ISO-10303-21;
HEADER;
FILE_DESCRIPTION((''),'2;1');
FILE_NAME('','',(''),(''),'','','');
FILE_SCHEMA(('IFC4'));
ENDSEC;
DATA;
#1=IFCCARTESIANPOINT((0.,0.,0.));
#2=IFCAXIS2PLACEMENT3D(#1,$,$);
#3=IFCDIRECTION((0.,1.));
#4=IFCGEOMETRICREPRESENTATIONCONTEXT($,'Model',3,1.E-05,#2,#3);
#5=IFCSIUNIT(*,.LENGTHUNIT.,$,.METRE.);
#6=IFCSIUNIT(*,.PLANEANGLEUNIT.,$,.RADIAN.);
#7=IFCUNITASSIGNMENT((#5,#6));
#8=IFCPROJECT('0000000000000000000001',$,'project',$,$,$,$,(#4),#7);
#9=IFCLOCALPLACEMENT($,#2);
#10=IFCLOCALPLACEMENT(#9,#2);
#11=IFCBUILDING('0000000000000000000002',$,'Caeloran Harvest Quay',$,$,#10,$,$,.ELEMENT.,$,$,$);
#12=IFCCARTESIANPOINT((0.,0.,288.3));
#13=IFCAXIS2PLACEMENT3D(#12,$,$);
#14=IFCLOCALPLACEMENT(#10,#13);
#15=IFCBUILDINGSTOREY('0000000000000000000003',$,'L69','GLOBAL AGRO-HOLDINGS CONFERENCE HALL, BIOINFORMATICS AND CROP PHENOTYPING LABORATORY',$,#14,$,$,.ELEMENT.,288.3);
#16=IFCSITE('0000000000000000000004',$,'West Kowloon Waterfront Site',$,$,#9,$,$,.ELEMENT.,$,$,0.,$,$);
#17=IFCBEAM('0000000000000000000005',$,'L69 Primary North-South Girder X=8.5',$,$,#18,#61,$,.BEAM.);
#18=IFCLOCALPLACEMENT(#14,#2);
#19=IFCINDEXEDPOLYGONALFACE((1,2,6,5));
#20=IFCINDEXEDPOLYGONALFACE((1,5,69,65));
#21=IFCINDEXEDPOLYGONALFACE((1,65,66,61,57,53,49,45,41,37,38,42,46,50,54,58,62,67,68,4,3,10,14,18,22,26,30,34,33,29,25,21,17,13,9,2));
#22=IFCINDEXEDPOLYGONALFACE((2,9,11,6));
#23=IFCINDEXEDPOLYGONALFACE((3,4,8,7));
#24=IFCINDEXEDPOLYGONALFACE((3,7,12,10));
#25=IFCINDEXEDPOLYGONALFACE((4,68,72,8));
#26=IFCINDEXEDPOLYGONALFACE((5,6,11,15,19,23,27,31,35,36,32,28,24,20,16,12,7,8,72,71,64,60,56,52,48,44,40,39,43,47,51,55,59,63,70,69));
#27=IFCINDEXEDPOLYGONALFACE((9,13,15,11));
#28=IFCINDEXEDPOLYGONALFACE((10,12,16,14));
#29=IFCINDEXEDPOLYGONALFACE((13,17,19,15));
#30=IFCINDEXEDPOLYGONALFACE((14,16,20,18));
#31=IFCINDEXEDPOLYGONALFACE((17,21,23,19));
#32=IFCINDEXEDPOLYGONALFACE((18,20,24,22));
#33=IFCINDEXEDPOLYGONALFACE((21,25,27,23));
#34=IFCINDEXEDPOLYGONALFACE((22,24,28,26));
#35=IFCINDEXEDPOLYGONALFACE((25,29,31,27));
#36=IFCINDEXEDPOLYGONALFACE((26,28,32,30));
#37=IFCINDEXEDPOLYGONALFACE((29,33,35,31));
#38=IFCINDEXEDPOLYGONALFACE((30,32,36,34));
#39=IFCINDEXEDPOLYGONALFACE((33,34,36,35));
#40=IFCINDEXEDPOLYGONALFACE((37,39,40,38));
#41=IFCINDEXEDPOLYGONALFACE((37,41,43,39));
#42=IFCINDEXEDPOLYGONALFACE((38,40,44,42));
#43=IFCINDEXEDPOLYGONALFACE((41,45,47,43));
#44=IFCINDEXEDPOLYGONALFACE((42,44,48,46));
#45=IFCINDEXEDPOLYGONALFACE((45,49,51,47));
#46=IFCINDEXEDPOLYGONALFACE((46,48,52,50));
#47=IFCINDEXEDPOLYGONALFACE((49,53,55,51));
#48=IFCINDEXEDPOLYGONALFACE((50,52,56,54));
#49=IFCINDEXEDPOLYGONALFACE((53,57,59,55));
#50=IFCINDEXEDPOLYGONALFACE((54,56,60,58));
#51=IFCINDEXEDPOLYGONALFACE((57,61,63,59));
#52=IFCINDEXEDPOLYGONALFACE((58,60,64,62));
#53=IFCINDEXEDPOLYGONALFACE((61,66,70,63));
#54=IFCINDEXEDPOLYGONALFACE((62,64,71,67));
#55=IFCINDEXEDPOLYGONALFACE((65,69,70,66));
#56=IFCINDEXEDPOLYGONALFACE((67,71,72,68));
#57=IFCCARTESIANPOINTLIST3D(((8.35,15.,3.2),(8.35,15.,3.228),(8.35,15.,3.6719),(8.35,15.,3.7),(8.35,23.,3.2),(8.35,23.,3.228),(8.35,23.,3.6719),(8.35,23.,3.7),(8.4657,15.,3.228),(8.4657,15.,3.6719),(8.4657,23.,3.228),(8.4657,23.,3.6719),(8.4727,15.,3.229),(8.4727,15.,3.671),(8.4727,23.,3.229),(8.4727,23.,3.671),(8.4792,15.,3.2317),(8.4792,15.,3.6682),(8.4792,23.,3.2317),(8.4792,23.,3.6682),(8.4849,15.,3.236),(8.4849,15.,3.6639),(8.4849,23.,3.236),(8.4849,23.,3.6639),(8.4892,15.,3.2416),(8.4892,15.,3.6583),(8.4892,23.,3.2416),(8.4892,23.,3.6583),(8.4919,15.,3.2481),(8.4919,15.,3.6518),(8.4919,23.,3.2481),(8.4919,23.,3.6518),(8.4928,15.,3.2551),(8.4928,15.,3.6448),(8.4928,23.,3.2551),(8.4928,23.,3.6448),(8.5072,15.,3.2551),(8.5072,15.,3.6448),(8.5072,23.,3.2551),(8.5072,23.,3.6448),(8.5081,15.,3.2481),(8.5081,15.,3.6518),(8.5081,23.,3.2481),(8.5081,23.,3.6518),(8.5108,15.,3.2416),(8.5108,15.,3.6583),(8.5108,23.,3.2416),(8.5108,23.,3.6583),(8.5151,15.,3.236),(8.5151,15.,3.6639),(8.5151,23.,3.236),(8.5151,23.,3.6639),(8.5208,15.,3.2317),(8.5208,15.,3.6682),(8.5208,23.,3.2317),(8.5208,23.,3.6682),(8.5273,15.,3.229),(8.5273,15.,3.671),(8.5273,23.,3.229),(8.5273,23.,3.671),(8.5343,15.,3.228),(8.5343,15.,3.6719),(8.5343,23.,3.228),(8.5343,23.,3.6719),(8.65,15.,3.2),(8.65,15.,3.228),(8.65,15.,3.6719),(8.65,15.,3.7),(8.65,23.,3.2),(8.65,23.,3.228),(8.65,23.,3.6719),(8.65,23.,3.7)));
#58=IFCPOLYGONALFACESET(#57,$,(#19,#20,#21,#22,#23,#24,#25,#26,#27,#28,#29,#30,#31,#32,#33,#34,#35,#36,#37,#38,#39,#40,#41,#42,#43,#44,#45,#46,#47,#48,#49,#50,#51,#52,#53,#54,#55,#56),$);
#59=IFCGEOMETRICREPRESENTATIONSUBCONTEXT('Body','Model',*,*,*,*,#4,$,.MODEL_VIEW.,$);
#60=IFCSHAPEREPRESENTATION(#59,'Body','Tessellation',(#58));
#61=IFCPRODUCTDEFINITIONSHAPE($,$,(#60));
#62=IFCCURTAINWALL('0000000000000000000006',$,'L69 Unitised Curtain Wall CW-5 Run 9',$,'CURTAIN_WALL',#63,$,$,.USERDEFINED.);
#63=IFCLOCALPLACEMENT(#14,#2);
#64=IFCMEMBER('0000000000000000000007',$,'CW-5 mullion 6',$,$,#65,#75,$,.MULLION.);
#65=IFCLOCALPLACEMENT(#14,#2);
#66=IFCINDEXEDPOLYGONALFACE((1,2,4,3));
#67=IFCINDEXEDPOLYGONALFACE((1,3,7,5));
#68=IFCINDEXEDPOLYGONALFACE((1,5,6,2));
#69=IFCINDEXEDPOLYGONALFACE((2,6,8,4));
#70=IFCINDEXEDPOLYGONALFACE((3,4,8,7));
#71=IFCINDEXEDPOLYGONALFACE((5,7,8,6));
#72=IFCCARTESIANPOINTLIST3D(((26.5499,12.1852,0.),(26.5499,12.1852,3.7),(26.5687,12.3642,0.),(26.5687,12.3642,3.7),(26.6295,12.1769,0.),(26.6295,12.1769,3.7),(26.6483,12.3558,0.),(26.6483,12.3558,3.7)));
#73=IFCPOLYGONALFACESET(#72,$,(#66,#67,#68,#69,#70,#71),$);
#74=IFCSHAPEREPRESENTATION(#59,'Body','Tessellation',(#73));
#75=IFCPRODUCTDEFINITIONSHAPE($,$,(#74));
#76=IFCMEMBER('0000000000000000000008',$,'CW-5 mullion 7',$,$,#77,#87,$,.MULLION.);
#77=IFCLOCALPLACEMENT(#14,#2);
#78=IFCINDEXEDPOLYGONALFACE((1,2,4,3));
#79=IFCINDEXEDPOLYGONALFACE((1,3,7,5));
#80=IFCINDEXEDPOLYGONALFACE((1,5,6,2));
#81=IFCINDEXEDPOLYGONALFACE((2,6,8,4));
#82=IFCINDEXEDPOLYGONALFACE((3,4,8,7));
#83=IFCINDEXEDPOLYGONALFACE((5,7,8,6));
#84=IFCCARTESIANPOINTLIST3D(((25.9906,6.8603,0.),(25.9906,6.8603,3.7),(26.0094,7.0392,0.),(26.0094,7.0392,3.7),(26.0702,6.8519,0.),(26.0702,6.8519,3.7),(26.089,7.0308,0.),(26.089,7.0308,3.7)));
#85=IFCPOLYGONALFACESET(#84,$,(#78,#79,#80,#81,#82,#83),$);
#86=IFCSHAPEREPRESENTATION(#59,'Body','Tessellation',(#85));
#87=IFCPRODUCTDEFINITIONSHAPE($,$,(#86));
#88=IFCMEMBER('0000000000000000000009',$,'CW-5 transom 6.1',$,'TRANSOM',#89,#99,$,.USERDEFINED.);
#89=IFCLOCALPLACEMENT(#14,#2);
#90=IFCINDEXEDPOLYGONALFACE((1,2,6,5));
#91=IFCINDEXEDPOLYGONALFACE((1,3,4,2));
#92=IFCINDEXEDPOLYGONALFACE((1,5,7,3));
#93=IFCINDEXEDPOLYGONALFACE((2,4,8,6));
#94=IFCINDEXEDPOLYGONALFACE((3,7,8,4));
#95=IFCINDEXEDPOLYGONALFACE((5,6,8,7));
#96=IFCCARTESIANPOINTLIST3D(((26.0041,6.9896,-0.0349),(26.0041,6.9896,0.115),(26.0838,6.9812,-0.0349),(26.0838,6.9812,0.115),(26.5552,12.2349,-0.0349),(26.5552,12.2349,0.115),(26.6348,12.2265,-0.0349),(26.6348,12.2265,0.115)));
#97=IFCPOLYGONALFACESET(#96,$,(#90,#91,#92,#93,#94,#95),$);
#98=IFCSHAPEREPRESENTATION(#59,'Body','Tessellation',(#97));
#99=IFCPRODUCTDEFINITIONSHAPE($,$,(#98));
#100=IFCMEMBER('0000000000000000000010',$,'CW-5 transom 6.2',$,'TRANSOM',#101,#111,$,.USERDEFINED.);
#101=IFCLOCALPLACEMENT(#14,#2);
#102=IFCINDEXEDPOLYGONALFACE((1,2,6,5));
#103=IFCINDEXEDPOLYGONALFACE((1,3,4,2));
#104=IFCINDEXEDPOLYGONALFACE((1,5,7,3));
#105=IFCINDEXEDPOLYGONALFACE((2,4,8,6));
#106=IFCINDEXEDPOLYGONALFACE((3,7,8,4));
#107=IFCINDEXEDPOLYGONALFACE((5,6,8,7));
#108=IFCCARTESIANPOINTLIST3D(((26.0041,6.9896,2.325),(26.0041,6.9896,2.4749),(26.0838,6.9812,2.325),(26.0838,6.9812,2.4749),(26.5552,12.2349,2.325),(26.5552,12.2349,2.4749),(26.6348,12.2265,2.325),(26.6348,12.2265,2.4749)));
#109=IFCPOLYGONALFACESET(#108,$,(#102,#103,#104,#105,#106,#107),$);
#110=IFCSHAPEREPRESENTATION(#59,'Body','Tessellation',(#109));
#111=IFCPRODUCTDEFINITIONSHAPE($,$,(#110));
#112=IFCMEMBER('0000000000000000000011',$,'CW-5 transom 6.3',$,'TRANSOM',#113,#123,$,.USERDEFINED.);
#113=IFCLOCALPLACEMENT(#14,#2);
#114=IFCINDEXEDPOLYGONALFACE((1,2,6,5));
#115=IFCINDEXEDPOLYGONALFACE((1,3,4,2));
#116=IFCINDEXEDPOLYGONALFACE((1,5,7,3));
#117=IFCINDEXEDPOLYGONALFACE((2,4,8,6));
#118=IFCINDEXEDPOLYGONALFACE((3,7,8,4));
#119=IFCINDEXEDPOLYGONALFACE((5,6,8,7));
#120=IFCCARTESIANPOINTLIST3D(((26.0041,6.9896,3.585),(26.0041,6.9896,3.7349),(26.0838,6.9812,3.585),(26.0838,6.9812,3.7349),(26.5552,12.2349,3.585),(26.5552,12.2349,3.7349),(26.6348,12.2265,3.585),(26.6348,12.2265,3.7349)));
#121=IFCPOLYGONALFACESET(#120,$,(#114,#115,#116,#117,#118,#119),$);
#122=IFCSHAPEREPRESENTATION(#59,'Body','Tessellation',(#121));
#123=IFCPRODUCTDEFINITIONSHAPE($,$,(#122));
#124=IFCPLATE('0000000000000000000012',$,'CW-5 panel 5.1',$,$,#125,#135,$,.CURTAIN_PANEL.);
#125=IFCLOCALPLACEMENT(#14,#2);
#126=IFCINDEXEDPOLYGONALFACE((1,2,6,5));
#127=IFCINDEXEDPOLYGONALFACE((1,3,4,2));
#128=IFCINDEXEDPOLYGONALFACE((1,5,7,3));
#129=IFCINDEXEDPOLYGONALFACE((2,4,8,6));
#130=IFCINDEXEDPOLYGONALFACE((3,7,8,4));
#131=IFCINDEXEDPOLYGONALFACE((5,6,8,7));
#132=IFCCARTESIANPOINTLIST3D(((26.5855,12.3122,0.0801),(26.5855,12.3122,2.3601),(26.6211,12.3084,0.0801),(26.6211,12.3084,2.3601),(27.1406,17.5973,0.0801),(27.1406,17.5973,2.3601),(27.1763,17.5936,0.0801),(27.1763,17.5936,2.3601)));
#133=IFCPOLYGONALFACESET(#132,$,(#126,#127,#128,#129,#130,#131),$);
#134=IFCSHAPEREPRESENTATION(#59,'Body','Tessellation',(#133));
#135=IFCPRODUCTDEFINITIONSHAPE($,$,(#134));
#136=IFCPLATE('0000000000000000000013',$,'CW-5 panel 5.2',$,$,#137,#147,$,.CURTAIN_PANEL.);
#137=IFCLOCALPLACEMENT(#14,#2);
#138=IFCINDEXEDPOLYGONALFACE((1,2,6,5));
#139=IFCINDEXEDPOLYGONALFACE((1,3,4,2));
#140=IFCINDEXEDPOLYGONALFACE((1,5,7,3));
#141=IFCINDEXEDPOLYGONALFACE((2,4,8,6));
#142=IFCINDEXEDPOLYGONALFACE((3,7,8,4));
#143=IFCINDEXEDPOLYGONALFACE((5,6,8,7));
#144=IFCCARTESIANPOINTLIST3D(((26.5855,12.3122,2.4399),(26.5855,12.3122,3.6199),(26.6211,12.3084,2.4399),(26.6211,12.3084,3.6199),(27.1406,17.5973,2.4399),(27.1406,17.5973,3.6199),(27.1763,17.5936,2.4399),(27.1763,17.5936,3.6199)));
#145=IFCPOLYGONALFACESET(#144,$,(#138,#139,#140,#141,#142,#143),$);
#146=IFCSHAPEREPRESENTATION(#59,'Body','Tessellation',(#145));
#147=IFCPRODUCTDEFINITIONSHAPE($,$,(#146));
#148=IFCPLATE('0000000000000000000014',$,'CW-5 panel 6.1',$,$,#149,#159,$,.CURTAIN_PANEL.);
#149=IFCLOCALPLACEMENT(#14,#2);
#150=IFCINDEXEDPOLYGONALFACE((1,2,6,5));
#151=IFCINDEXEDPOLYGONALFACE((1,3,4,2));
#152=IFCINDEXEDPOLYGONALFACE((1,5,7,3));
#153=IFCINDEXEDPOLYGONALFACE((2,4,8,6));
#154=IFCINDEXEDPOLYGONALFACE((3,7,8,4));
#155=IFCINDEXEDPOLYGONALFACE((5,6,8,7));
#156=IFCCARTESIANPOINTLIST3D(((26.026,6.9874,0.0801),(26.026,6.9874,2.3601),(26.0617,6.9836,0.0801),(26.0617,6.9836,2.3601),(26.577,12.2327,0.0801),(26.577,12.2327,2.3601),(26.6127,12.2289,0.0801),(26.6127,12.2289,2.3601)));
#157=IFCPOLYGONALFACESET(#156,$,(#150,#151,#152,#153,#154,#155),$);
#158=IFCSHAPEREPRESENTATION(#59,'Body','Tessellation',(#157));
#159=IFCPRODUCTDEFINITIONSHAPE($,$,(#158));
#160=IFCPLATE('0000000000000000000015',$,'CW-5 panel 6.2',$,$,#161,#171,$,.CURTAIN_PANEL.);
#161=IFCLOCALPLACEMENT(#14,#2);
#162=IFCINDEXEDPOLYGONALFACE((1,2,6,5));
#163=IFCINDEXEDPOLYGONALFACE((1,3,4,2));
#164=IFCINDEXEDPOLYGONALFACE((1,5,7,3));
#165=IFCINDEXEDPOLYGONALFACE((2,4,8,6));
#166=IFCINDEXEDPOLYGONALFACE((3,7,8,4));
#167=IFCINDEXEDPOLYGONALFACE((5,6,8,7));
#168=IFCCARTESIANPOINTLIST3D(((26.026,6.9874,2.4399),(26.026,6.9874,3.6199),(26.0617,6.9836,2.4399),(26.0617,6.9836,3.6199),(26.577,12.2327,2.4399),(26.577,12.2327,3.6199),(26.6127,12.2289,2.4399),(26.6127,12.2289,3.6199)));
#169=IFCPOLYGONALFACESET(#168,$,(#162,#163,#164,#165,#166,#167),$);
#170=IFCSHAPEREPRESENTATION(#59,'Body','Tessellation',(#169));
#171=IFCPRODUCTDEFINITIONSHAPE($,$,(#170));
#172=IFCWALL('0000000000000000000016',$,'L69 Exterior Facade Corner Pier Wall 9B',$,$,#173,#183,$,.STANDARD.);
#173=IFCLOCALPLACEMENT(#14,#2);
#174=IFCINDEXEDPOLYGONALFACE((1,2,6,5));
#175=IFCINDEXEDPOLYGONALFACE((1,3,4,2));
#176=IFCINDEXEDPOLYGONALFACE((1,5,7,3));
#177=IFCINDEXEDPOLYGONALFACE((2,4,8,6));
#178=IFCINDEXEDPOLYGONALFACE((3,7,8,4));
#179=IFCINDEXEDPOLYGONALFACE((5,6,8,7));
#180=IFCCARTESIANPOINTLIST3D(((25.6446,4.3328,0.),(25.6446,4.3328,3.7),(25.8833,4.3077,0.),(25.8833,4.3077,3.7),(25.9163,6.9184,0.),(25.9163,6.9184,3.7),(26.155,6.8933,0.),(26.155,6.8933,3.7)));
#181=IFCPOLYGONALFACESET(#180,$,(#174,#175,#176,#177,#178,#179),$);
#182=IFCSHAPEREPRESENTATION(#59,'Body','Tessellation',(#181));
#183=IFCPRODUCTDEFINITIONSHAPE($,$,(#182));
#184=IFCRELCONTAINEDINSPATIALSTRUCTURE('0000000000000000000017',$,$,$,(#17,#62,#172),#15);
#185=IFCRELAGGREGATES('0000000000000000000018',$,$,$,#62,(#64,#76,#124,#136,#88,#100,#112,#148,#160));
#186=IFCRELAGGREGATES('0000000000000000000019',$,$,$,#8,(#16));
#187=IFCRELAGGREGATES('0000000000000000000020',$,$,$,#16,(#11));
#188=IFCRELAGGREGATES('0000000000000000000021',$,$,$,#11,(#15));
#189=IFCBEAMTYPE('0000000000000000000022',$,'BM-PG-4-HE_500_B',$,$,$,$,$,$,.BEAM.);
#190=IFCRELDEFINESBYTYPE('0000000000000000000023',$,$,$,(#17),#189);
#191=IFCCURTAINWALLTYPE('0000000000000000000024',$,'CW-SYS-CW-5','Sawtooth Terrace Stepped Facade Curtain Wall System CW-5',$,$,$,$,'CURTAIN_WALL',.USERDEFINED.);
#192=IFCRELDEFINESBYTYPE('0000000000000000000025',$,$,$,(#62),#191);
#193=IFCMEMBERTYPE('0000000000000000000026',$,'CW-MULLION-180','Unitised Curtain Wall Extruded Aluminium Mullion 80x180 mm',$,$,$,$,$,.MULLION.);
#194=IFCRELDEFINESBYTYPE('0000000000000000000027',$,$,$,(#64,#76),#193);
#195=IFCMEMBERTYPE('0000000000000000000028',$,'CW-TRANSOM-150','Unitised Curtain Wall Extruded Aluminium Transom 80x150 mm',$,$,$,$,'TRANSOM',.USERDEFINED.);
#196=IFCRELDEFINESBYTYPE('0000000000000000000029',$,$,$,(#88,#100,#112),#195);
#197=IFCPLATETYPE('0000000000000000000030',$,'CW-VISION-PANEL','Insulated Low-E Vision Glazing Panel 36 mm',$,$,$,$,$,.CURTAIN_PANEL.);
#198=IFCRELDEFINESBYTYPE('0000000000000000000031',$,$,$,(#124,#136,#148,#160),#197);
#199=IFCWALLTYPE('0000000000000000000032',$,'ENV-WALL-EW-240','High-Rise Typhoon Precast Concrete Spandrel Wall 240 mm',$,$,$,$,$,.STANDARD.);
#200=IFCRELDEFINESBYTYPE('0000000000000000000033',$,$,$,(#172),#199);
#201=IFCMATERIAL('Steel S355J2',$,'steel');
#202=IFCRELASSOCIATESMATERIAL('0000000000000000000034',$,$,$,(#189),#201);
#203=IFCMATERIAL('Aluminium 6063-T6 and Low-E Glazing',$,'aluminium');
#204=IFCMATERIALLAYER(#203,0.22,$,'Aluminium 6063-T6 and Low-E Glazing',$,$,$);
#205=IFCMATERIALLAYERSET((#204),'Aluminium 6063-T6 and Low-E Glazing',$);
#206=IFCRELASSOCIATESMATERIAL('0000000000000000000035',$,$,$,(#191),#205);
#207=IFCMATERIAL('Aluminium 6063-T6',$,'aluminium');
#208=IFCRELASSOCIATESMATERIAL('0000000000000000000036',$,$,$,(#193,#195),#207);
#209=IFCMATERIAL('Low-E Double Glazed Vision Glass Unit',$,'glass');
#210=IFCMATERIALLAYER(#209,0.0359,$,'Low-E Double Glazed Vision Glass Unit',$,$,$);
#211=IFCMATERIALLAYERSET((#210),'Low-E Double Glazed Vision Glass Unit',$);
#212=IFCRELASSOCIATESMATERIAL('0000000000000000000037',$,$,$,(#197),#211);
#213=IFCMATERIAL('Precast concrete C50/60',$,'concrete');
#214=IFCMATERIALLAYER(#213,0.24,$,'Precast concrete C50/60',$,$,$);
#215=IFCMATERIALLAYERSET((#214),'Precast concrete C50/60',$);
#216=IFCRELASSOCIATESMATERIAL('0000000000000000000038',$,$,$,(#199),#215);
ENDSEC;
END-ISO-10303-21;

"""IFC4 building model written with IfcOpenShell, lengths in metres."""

from ifc_helpers import new_model, si_unit, direction, frame, frame_2d, origin, origin_2d, place, context, subcontext, project, spatial, rectangle, i_section, extrude, material, layer, layer_set, material_profile, profile_set, type_object, element, aggregate, save


model = new_model("IFC4")

# Units and contexts
model_context = context("Model", 3, precision=1e-05, world=origin(), true_north=direction((0.0, 1.0)))
body_context = subcontext(model_context, "Body", "Model", "MODEL_VIEW")
ifc_project = project(units=[si_unit("LENGTHUNIT", "METRE"), si_unit("PLANEANGLEUNIT", "RADIAN")], contexts=[model_context])

# Site, building, storey
site_placement = place(None, origin())
site = spatial("IfcSite", under=ifc_project, at=site_placement, Name="West Kowloon Waterfront Site", CompositionType="ELEMENT", RefElevation=0.0)
building_placement = place(site_placement, origin())
building = spatial("IfcBuilding", under=site, at=building_placement, Name="Caeloran Harvest Quay", CompositionType="ELEMENT")
storey_placement = place(building_placement, frame((0.0, 0.0, 288.3)))
storey = spatial("IfcBuildingStorey", under=building, at=storey_placement, Name="L69", Description="GLOBAL AGRO-HOLDINGS CONFERENCE HALL, BIOINFORMATICS AND CROP PHENOTYPING LABORATORY", CompositionType="ELEMENT", Elevation=288.3)

# Shared definitions
ifc_material_1 = material(Name="Steel S355J2", Category="steel")

# Beam
ifc_material_profile_1 = material_profile(ifc_material_1, i_section(OverallWidth=0.3, OverallDepth=0.5, WebThickness=0.0144, FlangeThickness=0.0281, FilletRadius=0.0271, at=origin_2d()), Name="HE 500 B")
ifc_profile_set_1 = profile_set([ifc_material_profile_1], Name="Steel S355J2")
beam_type_1 = type_object("IfcBeamType", Name="BM-PG-4-HE_500_B", PredefinedType="BEAM", material=ifc_profile_set_1)
beam_1_placement = place(storey_placement, frame((8.5, 15.0, 3.45), z_axis=(0.0, 1.0, 0.0), x_axis=(-1.0, 0.0, 0.0)))
element("IfcBeam", 1, at=beam_1_placement, inside=storey, type_object=beam_type_1, Name="L69 Primary North-South Girder X=8.5", PredefinedType="BEAM", context=body_context, shape_type="SweptSolid", body=[
    extrude(i_section(OverallWidth=0.3, OverallDepth=0.5, WebThickness=0.0144, FlangeThickness=0.0281, FilletRadius=0.0271, at=origin_2d()), origin(), (0.0, 0.0, 1.0), 8.0),
])

# Curtain wall, members, plates
ifc_material_2 = material(Name="Aluminium 6063-T6 and Low-E Glazing", Category="aluminium")
ifc_layer_1 = layer(ifc_material_2, 0.22, Name="Aluminium 6063-T6 and Low-E Glazing")
ifc_layer_set_1 = layer_set([ifc_layer_1], Name="Aluminium 6063-T6 and Low-E Glazing")
curtain_wall_type = type_object("IfcCurtainWallType", Name="CW-SYS-CW-5", Description="Sawtooth Terrace Stepped Facade Curtain Wall System CW-5", ElementType="CURTAIN_WALL", PredefinedType="USERDEFINED", material=ifc_layer_set_1)
curtain_wall_placement = place(storey_placement, origin())
curtain_wall = element("IfcCurtainWall", 2, at=curtain_wall_placement, inside=storey, type_object=curtain_wall_type, Name="L69 Unitised Curtain Wall CW-5 Run 9", ObjectType="CURTAIN_WALL", PredefinedType="USERDEFINED")
ifc_material_3 = material(Name="Aluminium 6063-T6", Category="aluminium")
ifc_material_profile_2 = material_profile(ifc_material_3, rectangle(XDim=0.0801, YDim=0.1799, at=origin_2d()), Name="CW-MULLION-180")
ifc_profile_set_2 = profile_set([ifc_material_profile_2], Name="Aluminium 6063-T6")
member_type_1 = type_object("IfcMemberType", Name="CW-MULLION-180", Description="Unitised Curtain Wall Extruded Aluminium Mullion 80x180 mm", PredefinedType="MULLION", material=ifc_profile_set_2)
member_1_placement = place(storey_placement, frame((26.5991, 12.2705, 0.0), z_axis=(0.0, 0.0, 1.0), x_axis=(0.994529, -0.10446, 0.0)))
member_1 = element("IfcMember", 3, at=member_1_placement, type_object=member_type_1, Name="CW-5 mullion 6", PredefinedType="MULLION", context=body_context, shape_type="SweptSolid", body=[
    extrude(rectangle(XDim=0.0801, YDim=0.1799, at=origin_2d()), origin(), (0.0, 0.0, 1.0), 3.7),
])
member_2_placement = place(storey_placement, frame((26.0398, 6.9456, 0.0), z_axis=(0.0, 0.0, 1.0), x_axis=(0.994529, -0.10446, 0.0)))
member_2 = element("IfcMember", 4, at=member_2_placement, type_object=member_type_1, Name="CW-5 mullion 7", PredefinedType="MULLION", context=body_context, shape_type="SweptSolid", body=[
    extrude(rectangle(XDim=0.0801, YDim=0.1799, at=origin_2d()), origin(), (0.0, 0.0, 1.0), 3.7),
])
ifc_material_profile_3 = material_profile(ifc_material_3, rectangle(XDim=0.0801, YDim=0.1499, at=origin_2d()), Name="CW-TRANSOM-150")
ifc_profile_set_3 = profile_set([ifc_material_profile_3], Name="Aluminium 6063-T6")
member_type_2 = type_object("IfcMemberType", Name="CW-TRANSOM-150", Description="Unitised Curtain Wall Extruded Aluminium Transom 80x150 mm", ElementType="TRANSOM", PredefinedType="USERDEFINED", material=ifc_profile_set_3)
member_3_placement = place(storey_placement, frame((26.595, 12.2307, 0.04), z_axis=(-0.104475, -0.994527, 0.0), x_axis=(0.994527, -0.104475, 0.0)))
member_3 = element("IfcMember", 5, at=member_3_placement, type_object=member_type_2, Name="CW-5 transom 6.1", ObjectType="TRANSOM", PredefinedType="USERDEFINED", context=body_context, shape_type="SweptSolid", body=[
    extrude(rectangle(XDim=0.0801, YDim=0.1499, at=origin_2d()), origin(), (0.0, 0.0, 1.0), 5.2742),
])
member_4_placement = place(storey_placement, frame((26.595, 12.2307, 2.3999), z_axis=(-0.104475, -0.994527, 0.0), x_axis=(0.994527, -0.104475, 0.0)))
member_4 = element("IfcMember", 6, at=member_4_placement, type_object=member_type_2, Name="CW-5 transom 6.2", ObjectType="TRANSOM", PredefinedType="USERDEFINED", context=body_context, shape_type="SweptSolid", body=[
    extrude(rectangle(XDim=0.0801, YDim=0.1499, at=origin_2d()), origin(), (0.0, 0.0, 1.0), 5.2742),
])
member_5_placement = place(storey_placement, frame((26.595, 12.2307, 3.6599), z_axis=(-0.104475, -0.994527, 0.0), x_axis=(0.994527, -0.104475, 0.0)))
member_5 = element("IfcMember", 7, at=member_5_placement, type_object=member_type_2, Name="CW-5 transom 6.3", ObjectType="TRANSOM", PredefinedType="USERDEFINED", context=body_context, shape_type="SweptSolid", body=[
    extrude(rectangle(XDim=0.0801, YDim=0.1499, at=origin_2d()), origin(), (0.0, 0.0, 1.0), 5.2742),
])
ifc_material_4 = material(Name="Low-E Double Glazed Vision Glass Unit", Category="glass")
ifc_layer_2 = layer(ifc_material_4, 0.0359, Name="Low-E Double Glazed Vision Glass Unit")
ifc_layer_set_2 = layer_set([ifc_layer_2], Name="Low-E Double Glazed Vision Glass Unit")
plate_type = type_object("IfcPlateType", Name="CW-VISION-PANEL", Description="Insulated Low-E Vision Glazing Panel 36 mm", PredefinedType="CURTAIN_PANEL", material=ifc_layer_set_2)
plate_1_placement = place(storey_placement, frame((26.8809, 14.9529, 0.0801), z_axis=(0.0, 0.0, 1.0), x_axis=(-0.10446, -0.994529, 0.0)))
plate_1 = element("IfcPlate", 8, at=plate_1_placement, type_object=plate_type, Name="CW-5 panel 5.1", PredefinedType="CURTAIN_PANEL", context=body_context, shape_type="SweptSolid", body=[
    extrude(rectangle(XDim=5.3142, YDim=0.0359, at=origin_2d()), origin(), (0.0, 0.0, 1.0), 2.28),
])
plate_2_placement = place(storey_placement, frame((26.8809, 14.9529, 2.4399), z_axis=(0.0, 0.0, 1.0), x_axis=(-0.10446, -0.994529, 0.0)))
plate_2 = element("IfcPlate", 9, at=plate_2_placement, type_object=plate_type, Name="CW-5 panel 5.2", PredefinedType="CURTAIN_PANEL", context=body_context, shape_type="SweptSolid", body=[
    extrude(rectangle(XDim=5.3142, YDim=0.0359, at=origin_2d()), origin(), (0.0, 0.0, 1.0), 1.1799),
])
plate_3_placement = place(storey_placement, frame((26.3193, 9.6082, 0.0801), z_axis=(0.0, 0.0, 1.0), x_axis=(-0.10446, -0.994529, 0.0)))
plate_3 = element("IfcPlate", 10, at=plate_3_placement, type_object=plate_type, Name="CW-5 panel 6.1", PredefinedType="CURTAIN_PANEL", context=body_context, shape_type="SweptSolid", body=[
    extrude(rectangle(XDim=5.2742, YDim=0.0359, at=origin_2d()), origin(), (0.0, 0.0, 1.0), 2.28),
])
plate_4_placement = place(storey_placement, frame((26.3193, 9.6082, 2.4399), z_axis=(0.0, 0.0, 1.0), x_axis=(-0.10446, -0.994529, 0.0)))
plate_4 = element("IfcPlate", 11, at=plate_4_placement, type_object=plate_type, Name="CW-5 panel 6.2", PredefinedType="CURTAIN_PANEL", context=body_context, shape_type="SweptSolid", body=[
    extrude(rectangle(XDim=5.2742, YDim=0.0359, at=origin_2d()), origin(), (0.0, 0.0, 1.0), 1.1799),
])
aggregate(curtain_wall, [member_1, member_2, plate_1, plate_2, member_3, member_4, member_5, plate_3, plate_4])

# Wall
ifc_material_5 = material(Name="Precast concrete C50/60", Category="concrete")
ifc_layer_3 = layer(ifc_material_5, 0.24, Name="Precast concrete C50/60")
ifc_layer_set_3 = layer_set([ifc_layer_3], Name="Precast concrete C50/60")
wall_type = type_object("IfcWallType", Name="ENV-WALL-EW-240", Description="High-Rise Typhoon Precast Concrete Spandrel Wall 240 mm", PredefinedType="STANDARD", material=ifc_layer_set_3)
wall_1_placement = place(storey_placement, frame((26.0356, 6.9058, 0.0), z_axis=(0.0, 0.0, 1.0), x_axis=(-0.104514, -0.994523, 0.0)))
element("IfcWall", 12, at=wall_1_placement, inside=storey, type_object=wall_type, Name="L69 Exterior Facade Corner Pier Wall 9B", PredefinedType="STANDARD", context=body_context, shape_type="SweptSolid", body=[
    extrude(rectangle(XDim=2.5999, YDim=0.24, at=frame_2d((1.2998, 0.0))), origin(), (0.0, 0.0, 1.0), 3.7),
])

save(model, "model.ifc")
